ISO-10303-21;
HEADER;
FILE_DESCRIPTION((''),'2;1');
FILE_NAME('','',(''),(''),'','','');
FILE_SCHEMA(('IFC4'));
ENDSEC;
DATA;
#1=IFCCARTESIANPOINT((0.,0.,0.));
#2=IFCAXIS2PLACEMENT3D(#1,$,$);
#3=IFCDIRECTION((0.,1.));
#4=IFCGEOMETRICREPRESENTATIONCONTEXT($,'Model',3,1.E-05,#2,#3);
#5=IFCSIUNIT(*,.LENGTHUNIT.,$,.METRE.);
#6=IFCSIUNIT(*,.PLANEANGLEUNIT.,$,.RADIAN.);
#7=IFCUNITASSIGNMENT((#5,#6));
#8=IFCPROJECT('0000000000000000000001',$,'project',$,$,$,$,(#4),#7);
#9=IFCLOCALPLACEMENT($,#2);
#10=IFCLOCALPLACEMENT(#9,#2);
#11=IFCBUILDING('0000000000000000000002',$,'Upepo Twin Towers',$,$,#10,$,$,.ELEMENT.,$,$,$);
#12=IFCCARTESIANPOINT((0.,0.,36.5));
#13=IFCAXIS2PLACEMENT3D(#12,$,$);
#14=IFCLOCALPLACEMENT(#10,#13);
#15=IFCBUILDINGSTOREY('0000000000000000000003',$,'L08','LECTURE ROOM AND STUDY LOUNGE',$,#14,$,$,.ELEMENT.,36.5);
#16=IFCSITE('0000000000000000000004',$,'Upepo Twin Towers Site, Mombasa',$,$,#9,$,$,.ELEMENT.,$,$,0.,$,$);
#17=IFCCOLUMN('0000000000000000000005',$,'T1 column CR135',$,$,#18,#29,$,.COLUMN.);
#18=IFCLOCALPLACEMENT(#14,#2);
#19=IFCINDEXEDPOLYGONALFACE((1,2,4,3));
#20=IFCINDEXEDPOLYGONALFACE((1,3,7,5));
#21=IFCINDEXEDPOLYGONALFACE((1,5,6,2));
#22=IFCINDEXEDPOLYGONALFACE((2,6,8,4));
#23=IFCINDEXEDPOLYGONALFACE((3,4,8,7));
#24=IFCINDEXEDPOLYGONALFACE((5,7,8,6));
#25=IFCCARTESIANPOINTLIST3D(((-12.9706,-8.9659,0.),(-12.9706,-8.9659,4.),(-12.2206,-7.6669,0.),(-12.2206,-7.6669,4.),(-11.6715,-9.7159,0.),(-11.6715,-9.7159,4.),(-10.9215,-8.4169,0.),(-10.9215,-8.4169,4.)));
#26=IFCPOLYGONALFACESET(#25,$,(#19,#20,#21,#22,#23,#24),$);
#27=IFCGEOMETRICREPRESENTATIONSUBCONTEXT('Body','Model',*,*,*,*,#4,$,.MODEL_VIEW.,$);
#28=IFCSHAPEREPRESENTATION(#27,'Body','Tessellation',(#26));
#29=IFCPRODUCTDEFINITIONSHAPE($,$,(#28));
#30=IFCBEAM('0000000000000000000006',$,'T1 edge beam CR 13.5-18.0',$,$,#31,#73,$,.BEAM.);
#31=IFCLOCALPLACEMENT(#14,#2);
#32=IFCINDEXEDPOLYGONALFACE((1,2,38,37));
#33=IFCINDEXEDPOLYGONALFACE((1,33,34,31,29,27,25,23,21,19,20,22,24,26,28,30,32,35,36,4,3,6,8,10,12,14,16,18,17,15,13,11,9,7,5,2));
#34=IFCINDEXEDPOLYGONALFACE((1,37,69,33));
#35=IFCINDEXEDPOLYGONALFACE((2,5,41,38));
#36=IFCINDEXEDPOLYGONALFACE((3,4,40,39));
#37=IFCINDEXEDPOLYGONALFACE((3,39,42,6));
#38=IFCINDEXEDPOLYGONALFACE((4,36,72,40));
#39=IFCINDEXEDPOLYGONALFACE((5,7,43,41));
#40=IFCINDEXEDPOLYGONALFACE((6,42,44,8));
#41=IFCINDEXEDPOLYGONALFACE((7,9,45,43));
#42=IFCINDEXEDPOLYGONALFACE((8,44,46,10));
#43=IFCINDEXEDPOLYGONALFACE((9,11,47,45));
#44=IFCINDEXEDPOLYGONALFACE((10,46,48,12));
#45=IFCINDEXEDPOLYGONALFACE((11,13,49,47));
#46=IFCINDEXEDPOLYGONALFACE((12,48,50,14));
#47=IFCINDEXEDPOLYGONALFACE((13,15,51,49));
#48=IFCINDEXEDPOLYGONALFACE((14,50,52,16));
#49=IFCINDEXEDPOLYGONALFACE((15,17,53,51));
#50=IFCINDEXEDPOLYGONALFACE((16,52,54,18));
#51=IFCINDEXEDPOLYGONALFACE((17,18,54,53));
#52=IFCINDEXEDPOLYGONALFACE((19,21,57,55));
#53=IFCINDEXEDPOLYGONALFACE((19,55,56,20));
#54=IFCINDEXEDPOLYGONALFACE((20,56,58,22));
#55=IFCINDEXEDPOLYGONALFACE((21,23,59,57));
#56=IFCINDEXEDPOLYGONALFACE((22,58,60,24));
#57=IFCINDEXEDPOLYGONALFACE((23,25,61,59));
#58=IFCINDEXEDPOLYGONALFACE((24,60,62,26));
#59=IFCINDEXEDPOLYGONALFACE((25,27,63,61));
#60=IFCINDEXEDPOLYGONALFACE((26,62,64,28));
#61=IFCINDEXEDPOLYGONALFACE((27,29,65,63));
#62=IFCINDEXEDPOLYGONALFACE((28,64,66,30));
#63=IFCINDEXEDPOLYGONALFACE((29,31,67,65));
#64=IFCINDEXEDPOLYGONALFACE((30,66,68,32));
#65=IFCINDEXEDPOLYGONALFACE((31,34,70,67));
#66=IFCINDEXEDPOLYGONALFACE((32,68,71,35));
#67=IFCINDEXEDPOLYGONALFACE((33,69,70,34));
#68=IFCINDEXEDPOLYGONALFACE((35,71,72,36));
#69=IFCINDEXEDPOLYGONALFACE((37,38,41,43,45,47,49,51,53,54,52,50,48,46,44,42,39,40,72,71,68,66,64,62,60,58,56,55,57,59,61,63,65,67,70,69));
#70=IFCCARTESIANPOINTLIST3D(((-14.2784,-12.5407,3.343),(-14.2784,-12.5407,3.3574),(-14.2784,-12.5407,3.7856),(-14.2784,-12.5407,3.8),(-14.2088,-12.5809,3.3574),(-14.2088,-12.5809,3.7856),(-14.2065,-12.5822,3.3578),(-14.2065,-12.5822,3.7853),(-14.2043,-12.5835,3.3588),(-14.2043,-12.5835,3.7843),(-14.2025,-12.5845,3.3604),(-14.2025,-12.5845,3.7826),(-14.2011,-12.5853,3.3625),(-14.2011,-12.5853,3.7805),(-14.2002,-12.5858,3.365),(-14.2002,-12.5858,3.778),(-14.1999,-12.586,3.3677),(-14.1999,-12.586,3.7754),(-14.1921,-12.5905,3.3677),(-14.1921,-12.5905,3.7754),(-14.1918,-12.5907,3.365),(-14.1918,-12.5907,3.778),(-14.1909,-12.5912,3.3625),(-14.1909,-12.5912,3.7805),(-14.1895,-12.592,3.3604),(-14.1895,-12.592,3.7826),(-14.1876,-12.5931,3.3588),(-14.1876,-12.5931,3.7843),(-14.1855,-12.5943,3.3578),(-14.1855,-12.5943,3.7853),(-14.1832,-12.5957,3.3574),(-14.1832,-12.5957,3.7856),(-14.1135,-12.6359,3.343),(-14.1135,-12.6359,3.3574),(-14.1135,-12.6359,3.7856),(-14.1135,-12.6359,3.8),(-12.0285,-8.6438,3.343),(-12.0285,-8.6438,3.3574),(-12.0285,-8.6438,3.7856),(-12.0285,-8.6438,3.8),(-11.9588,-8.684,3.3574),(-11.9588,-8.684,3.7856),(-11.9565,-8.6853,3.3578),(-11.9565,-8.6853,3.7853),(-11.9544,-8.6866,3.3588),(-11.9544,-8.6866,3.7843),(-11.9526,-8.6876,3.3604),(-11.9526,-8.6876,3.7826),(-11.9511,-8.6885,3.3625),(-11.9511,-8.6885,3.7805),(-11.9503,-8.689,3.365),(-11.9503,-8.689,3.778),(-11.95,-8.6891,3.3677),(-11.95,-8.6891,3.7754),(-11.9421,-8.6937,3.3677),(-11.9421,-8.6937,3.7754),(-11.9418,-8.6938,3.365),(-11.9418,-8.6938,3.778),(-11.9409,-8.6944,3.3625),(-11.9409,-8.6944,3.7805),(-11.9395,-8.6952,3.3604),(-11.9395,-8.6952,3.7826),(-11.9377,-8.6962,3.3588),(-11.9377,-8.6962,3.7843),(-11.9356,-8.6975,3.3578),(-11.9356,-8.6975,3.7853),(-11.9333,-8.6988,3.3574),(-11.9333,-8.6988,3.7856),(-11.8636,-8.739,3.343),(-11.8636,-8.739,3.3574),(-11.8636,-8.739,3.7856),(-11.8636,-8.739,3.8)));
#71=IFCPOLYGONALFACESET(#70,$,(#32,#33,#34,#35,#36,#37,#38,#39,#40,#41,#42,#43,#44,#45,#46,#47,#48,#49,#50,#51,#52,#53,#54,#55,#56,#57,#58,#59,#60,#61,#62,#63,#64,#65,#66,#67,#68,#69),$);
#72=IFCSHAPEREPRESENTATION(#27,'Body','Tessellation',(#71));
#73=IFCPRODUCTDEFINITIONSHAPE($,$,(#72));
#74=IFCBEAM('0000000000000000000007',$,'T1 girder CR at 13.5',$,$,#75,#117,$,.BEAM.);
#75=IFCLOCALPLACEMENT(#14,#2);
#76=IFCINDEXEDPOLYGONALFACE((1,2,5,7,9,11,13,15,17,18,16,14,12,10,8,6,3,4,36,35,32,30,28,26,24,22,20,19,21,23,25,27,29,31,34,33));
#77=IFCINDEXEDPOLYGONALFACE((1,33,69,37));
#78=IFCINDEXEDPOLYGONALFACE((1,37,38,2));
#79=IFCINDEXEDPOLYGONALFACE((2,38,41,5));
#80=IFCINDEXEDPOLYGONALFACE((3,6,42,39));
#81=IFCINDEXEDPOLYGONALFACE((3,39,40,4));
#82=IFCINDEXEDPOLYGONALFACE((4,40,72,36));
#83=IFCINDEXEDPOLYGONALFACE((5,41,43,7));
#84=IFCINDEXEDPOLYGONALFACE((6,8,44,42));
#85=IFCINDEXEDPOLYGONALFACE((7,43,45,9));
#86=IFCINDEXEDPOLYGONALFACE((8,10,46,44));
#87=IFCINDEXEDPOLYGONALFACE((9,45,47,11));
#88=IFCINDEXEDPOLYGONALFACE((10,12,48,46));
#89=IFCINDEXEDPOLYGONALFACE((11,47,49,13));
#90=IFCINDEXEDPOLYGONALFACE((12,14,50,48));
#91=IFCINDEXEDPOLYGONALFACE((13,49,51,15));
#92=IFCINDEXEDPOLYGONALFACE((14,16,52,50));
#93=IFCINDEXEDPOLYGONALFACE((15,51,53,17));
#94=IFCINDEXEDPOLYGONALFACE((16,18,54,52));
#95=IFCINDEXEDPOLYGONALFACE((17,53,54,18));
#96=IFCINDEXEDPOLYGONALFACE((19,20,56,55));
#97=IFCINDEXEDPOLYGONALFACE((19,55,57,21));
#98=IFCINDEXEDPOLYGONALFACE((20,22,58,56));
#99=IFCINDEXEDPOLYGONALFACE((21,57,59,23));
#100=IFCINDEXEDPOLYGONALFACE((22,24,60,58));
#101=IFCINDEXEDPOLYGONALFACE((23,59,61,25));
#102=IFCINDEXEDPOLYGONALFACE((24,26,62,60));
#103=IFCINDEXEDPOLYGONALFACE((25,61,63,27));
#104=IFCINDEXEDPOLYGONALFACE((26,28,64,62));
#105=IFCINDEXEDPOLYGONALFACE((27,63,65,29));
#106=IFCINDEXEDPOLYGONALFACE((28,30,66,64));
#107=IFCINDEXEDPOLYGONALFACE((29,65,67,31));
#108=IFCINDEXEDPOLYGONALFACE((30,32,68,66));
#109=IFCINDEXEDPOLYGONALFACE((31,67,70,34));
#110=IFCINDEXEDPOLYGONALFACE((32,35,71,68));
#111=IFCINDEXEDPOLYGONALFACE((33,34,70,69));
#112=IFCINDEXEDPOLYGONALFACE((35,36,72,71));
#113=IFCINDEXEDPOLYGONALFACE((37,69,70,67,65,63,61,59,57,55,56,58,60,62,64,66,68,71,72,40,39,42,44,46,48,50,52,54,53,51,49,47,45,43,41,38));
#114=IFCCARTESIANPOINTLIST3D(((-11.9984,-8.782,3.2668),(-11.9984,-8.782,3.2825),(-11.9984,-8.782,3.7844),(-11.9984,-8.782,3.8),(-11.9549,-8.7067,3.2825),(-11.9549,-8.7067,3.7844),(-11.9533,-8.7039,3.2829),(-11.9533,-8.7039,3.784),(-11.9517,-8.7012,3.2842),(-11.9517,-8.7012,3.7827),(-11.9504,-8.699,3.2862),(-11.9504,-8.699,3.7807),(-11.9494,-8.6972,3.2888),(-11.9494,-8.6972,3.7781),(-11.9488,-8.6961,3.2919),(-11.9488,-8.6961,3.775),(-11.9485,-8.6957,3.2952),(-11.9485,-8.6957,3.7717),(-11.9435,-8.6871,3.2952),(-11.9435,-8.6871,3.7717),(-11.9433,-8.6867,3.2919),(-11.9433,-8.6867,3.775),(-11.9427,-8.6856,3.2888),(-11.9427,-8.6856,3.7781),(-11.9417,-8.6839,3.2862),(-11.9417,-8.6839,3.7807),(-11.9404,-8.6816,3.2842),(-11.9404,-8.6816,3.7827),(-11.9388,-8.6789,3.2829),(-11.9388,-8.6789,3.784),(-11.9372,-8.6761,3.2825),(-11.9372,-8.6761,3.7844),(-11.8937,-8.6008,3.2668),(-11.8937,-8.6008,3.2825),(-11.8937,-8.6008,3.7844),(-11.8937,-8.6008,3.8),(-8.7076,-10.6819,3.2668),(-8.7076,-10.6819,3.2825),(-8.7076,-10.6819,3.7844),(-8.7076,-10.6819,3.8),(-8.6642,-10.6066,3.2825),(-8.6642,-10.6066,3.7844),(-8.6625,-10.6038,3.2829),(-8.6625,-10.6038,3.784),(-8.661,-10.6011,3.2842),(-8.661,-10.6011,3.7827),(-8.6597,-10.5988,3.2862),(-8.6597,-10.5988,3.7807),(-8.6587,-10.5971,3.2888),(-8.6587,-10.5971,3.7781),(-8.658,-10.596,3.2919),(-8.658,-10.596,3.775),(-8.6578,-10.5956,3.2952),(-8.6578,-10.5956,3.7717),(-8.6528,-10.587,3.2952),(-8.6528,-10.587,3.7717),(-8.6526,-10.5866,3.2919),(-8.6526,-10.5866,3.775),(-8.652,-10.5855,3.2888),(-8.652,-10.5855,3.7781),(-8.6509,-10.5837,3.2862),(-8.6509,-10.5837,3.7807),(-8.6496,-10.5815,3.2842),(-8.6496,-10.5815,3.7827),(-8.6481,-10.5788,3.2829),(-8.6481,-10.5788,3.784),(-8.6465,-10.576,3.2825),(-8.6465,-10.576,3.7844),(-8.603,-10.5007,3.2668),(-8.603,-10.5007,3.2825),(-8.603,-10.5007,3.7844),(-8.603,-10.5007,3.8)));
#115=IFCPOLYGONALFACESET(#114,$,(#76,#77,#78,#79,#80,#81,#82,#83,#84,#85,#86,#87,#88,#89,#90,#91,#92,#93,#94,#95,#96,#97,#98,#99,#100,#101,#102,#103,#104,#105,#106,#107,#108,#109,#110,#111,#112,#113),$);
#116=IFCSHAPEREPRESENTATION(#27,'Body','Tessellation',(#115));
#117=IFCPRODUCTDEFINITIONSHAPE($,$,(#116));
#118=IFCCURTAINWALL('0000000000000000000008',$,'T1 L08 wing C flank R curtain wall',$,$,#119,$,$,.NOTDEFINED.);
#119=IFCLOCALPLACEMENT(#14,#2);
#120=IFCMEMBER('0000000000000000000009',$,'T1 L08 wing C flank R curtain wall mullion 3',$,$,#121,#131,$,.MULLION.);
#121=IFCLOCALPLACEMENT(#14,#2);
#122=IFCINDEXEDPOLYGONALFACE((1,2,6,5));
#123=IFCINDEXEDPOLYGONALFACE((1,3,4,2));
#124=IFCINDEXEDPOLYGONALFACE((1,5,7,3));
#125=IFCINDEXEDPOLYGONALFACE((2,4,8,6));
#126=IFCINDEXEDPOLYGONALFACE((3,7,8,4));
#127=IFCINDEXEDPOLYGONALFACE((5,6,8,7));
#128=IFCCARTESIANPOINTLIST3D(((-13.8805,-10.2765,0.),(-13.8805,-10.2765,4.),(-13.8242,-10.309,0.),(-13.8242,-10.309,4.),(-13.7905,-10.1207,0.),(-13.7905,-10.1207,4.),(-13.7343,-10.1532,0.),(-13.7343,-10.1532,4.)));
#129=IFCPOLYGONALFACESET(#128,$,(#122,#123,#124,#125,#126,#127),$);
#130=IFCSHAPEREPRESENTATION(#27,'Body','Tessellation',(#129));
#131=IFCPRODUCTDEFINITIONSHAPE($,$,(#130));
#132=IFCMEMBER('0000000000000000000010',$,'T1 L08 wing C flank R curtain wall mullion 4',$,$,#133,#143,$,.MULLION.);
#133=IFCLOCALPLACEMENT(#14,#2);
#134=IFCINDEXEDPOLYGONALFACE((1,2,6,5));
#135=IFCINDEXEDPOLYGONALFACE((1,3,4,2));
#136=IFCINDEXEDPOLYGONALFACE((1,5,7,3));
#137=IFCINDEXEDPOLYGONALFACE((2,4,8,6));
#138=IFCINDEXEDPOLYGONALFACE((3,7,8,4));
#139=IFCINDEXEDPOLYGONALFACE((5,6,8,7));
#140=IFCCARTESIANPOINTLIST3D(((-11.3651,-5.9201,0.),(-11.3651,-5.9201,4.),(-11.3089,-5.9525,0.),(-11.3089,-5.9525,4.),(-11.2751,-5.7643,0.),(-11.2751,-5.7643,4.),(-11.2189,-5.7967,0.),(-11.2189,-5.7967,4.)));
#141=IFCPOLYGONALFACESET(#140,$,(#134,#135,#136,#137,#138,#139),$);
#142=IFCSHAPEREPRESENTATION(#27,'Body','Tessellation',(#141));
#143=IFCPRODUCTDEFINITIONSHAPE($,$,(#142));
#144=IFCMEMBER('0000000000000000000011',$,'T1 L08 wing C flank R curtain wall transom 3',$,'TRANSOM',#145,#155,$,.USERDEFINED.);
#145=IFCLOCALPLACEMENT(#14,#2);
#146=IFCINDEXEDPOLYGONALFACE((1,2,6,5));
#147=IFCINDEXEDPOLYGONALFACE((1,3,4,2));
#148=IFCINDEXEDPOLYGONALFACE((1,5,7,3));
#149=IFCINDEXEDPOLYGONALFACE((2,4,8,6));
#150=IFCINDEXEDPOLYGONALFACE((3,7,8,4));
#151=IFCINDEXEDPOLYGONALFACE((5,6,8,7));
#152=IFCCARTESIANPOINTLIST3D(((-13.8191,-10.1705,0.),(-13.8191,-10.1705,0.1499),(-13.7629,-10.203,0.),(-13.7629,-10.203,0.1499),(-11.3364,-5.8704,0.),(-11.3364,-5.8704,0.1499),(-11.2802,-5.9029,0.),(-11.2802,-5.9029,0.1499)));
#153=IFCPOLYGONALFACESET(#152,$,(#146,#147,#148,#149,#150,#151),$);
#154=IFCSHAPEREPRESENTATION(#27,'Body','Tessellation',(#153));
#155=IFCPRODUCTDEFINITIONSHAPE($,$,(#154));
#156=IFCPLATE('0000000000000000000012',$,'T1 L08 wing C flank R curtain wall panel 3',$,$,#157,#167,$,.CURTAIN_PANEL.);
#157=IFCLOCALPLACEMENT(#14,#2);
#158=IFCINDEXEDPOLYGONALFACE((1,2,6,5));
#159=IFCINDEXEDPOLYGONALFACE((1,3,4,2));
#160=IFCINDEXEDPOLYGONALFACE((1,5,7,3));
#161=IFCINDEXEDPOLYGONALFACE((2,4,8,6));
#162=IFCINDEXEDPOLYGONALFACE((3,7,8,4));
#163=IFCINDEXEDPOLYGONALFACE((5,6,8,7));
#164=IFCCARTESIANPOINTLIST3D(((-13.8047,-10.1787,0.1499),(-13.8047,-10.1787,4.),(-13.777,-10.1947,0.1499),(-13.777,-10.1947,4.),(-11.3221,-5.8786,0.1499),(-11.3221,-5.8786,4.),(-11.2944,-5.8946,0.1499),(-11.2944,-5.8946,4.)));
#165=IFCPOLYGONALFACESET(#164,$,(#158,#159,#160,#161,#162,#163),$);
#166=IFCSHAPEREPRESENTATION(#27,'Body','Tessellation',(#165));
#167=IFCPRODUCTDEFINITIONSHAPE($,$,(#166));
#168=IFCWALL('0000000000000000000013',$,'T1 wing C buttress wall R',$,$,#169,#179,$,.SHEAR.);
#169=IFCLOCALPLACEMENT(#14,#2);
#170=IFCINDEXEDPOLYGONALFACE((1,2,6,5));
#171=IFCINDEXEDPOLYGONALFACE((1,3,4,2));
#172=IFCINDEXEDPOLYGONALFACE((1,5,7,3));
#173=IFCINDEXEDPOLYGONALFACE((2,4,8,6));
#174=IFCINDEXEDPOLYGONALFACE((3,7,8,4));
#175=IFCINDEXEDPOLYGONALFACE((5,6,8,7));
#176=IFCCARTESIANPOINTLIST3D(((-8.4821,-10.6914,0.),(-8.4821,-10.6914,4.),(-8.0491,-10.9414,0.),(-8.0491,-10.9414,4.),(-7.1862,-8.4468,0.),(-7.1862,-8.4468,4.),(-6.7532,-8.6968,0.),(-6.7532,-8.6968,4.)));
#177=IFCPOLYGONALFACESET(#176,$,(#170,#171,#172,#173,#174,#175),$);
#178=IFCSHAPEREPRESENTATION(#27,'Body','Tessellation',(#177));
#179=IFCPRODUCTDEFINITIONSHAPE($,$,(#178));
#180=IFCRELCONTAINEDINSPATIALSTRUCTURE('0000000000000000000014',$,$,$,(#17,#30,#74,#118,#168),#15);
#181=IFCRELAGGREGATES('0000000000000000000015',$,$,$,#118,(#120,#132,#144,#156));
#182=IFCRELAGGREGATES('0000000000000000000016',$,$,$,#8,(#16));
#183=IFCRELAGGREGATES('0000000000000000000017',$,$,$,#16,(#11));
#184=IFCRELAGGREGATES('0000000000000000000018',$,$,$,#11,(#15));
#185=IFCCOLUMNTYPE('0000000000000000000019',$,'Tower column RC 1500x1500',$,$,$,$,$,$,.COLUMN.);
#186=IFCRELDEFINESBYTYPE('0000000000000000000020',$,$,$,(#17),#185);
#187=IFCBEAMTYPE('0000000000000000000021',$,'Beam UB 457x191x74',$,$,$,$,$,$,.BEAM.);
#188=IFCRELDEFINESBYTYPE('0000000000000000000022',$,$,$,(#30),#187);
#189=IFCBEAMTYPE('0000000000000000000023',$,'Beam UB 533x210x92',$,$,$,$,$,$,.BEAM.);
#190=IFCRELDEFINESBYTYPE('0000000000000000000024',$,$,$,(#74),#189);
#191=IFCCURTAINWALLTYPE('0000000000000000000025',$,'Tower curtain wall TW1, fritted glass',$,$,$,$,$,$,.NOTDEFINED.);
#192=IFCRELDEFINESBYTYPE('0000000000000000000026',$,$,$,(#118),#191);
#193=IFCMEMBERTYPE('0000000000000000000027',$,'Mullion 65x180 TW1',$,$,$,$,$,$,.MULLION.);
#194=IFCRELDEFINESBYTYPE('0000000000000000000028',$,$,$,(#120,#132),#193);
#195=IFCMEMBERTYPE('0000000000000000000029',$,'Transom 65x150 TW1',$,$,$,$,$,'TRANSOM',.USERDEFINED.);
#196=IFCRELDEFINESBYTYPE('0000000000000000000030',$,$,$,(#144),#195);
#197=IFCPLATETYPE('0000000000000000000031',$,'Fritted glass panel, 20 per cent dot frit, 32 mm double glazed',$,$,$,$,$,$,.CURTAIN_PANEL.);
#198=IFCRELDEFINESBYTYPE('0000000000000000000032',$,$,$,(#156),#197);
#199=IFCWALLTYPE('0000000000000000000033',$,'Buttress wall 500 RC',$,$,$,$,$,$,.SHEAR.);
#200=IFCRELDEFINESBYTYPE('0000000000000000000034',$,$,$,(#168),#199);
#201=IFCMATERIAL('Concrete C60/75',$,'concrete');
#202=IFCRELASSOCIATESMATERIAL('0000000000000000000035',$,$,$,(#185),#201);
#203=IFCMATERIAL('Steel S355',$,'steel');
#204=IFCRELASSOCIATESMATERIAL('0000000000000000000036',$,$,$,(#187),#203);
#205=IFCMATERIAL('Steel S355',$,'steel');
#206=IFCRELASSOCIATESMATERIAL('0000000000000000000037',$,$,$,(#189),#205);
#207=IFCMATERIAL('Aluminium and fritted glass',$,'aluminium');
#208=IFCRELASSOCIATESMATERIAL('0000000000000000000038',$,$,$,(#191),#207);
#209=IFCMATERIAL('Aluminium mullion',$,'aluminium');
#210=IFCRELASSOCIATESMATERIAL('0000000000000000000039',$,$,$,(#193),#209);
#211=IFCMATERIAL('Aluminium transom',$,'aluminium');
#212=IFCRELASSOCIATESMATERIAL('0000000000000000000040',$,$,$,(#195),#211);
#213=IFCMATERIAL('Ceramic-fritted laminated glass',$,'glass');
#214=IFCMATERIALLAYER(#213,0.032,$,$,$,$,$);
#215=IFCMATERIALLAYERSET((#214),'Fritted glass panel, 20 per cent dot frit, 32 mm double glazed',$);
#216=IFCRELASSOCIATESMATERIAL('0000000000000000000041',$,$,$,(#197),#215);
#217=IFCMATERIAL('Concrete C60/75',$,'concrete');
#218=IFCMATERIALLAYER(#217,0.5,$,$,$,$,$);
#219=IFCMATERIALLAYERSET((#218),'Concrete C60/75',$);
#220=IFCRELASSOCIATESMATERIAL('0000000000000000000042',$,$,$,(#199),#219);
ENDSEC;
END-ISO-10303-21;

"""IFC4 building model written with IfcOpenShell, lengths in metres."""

from ifc_helpers import new_model, si_unit, direction, frame, frame_2d, origin, origin_2d, place, context, subcontext, project, spatial, rectangle, i_section, extrude, material, layer, layer_set, material_profile, profile_set, type_object, element, aggregate, save


model = new_model("IFC4")

# Units and contexts
model_context = context("Model", 3, precision=1e-05, world=origin(), true_north=direction((0.0, 1.0)))
body_context = subcontext(model_context, "Body", "Model", "MODEL_VIEW")
ifc_project = project(units=[si_unit("LENGTHUNIT", "METRE"), si_unit("PLANEANGLEUNIT", "RADIAN")], contexts=[model_context])

# Site, building, storey
site_placement = place(None, origin())
site = spatial("IfcSite", under=ifc_project, at=site_placement, Name="Upepo Twin Towers Site, Mombasa", CompositionType="ELEMENT", RefElevation=0.0)
building_placement = place(site_placement, origin())
building = spatial("IfcBuilding", under=site, at=building_placement, Name="Upepo Twin Towers", CompositionType="ELEMENT")
storey_placement = place(building_placement, frame((0.0, 0.0, 36.5)))
storey = spatial("IfcBuildingStorey", under=building, at=storey_placement, Name="L08", Description="LECTURE ROOM AND STUDY LOUNGE", CompositionType="ELEMENT", Elevation=36.5)

# Column
ifc_material_1 = material(Name="Concrete C60/75", Category="concrete")
ifc_material_profile_1 = material_profile(ifc_material_1, rectangle(XDim=1.5, YDim=1.5, at=origin_2d()), Name="RC 1500x1500")
ifc_profile_set_1 = profile_set([ifc_material_profile_1], Name="Concrete C60/75")
column_type = type_object("IfcColumnType", Name="Tower column RC 1500x1500", PredefinedType="COLUMN", material=ifc_profile_set_1)
column_placement = place(storey_placement, frame((-11.946, -8.6914, 0.0), z_axis=(0.0, 0.0, 1.0), x_axis=(0.5, 0.866025, 0.0)))
element("IfcColumn", 1, at=column_placement, inside=storey, type_object=column_type, Name="T1 column CR135", PredefinedType="COLUMN", context=body_context, shape_type="SweptSolid", body=[
    extrude(rectangle(XDim=1.5, YDim=1.5, at=origin_2d()), origin(), (0.0, 0.0, 1.0), 4.0),
])

# Beams
ifc_material_2 = material(Name="Steel S355", Category="steel")
ifc_material_profile_2 = material_profile(ifc_material_2, i_section(OverallWidth=0.1904, OverallDepth=0.457, WebThickness=0.009, FlangeThickness=0.0144, FilletRadius=0.0103, at=origin_2d()), Name="UB 457x191x74")
ifc_profile_set_2 = profile_set([ifc_material_profile_2], Name="Steel S355")
beam_type_1 = type_object("IfcBeamType", Name="Beam UB 457x191x74", PredefinedType="BEAM", material=ifc_profile_set_2)
beam_1_placement = place(storey_placement, frame((-11.946, -8.6914, 3.5715), z_axis=(-0.500014, -0.866018, 0.0), x_axis=(0.866018, -0.500014, 0.0)))
element("IfcBeam", 2, at=beam_1_placement, inside=storey, type_object=beam_type_1, Name="T1 edge beam CR 13.5-18.0", PredefinedType="BEAM", context=body_context, shape_type="SweptSolid", body=[
    extrude(i_section(OverallWidth=0.1904, OverallDepth=0.457, WebThickness=0.009, FlangeThickness=0.0144, FilletRadius=0.0103, at=origin_2d()), origin(), (0.0, 0.0, 1.0), 4.4998),
])
ifc_material_3 = material(Name="Steel S355", Category="steel")
ifc_material_profile_3 = material_profile(ifc_material_3, i_section(OverallWidth=0.2092, OverallDepth=0.5332, WebThickness=0.01, FlangeThickness=0.0156, FilletRadius=0.0127, at=origin_2d()), Name="UB 533x210x92")
ifc_profile_set_3 = profile_set([ifc_material_profile_3], Name="Steel S355")
beam_type_2 = type_object("IfcBeamType", Name="Beam UB 533x210x92", PredefinedType="BEAM", material=ifc_profile_set_3)
beam_2_placement = place(storey_placement, frame((-11.946, -8.6914, 3.5334), z_axis=(0.866028, -0.499995, 0.0), x_axis=(0.499995, 0.866028, 0.0)))
element("IfcBeam", 3, at=beam_2_placement, inside=storey, type_object=beam_type_2, Name="T1 girder CR at 13.5", PredefinedType="BEAM", context=body_context, shape_type="SweptSolid", body=[
    extrude(i_section(OverallWidth=0.2092, OverallDepth=0.5332, WebThickness=0.01, FlangeThickness=0.0156, FilletRadius=0.0127, at=origin_2d()), origin(), (0.0, 0.0, 1.0), 3.7998),
])

# Curtain wall, members, plate
ifc_material_4 = material(Name="Aluminium and fritted glass", Category="aluminium")
curtain_wall_type = type_object("IfcCurtainWallType", Name="Tower curtain wall TW1, fritted glass", PredefinedType="NOTDEFINED", material=ifc_material_4)
curtain_wall_placement = place(storey_placement, origin())
curtain_wall = element("IfcCurtainWall", 4, at=curtain_wall_placement, inside=storey, type_object=curtain_wall_type, Name="T1 L08 wing C flank R curtain wall", PredefinedType="NOTDEFINED")
ifc_material_5 = material(Name="Aluminium mullion", Category="aluminium")
ifc_material_profile_4 = material_profile(ifc_material_5, rectangle(XDim=0.0649, YDim=0.1799, at=origin_2d()), Name="MULLION 65x180")
ifc_profile_set_4 = profile_set([ifc_material_profile_4], Name="Aluminium mullion")
member_type_1 = type_object("IfcMemberType", Name="Mullion 65x180 TW1", PredefinedType="MULLION", material=ifc_profile_set_4)
member_1_placement = place(storey_placement, frame((-13.8074, -10.2148, 0.0), z_axis=(0.0, 0.0, 1.0), x_axis=(-0.866025, 0.5, 0.0)))
member_1 = element("IfcMember", 5, at=member_1_placement, type_object=member_type_1, Name="T1 L08 wing C flank R curtain wall mullion 3", PredefinedType="MULLION", context=body_context, shape_type="SweptSolid", body=[
    extrude(rectangle(XDim=0.0649, YDim=0.1799, at=origin_2d()), origin(), (0.0, 0.0, 1.0), 4.0),
])
member_2_placement = place(storey_placement, frame((-11.292, -5.8584, 0.0), z_axis=(0.0, 0.0, 1.0), x_axis=(-0.866025, 0.5, 0.0)))
member_2 = element("IfcMember", 6, at=member_2_placement, type_object=member_type_1, Name="T1 L08 wing C flank R curtain wall mullion 4", PredefinedType="MULLION", context=body_context, shape_type="SweptSolid", body=[
    extrude(rectangle(XDim=0.0649, YDim=0.1799, at=origin_2d()), origin(), (0.0, 0.0, 1.0), 4.0),
])
ifc_material_6 = material(Name="Aluminium transom", Category="aluminium")
ifc_material_profile_5 = material_profile(ifc_material_6, rectangle(XDim=0.0649, YDim=0.1499, at=origin_2d()), Name="TRANSOM 65x150")
ifc_profile_set_5 = profile_set([ifc_material_profile_5], Name="Aluminium transom")
member_type_2 = type_object("IfcMemberType", Name="Transom 65x150 TW1", ElementType="TRANSOM", PredefinedType="USERDEFINED", material=ifc_profile_set_5)
member_3_placement = place(storey_placement, frame((-13.791, -10.1868, 0.075), z_axis=(0.500005, 0.866023, 0.0), x_axis=(-0.866023, 0.500005, 0.0)))
member_3 = element("IfcMember", 7, at=member_3_placement, type_object=member_type_2, Name="T1 L08 wing C flank R curtain wall transom 3", ObjectType="TRANSOM", PredefinedType="USERDEFINED", context=body_context, shape_type="SweptSolid", body=[
    extrude(rectangle(XDim=0.0649, YDim=0.1499, at=origin_2d()), origin(), (0.0, 0.0, 1.0), 4.9653),
])
ifc_material_7 = material(Name="Ceramic-fritted laminated glass", Category="glass")
ifc_layer_1 = layer(ifc_material_7, 0.032)
ifc_layer_set_1 = layer_set([ifc_layer_1], Name="Fritted glass panel, 20 per cent dot frit, 32 mm double glazed")
plate_type = type_object("IfcPlateType", Name="Fritted glass panel, 20 per cent dot frit, 32 mm double glazed", PredefinedType="CURTAIN_PANEL", material=ifc_layer_set_1)
plate_placement = place(storey_placement, frame((-12.5496, -8.0366, 0.1499), z_axis=(0.0, 0.0, 1.0), x_axis=(0.5, 0.866025, 0.0)))
plate = element("IfcPlate", 8, at=plate_placement, type_object=plate_type, Name="T1 L08 wing C flank R curtain wall panel 3", PredefinedType="CURTAIN_PANEL", context=body_context, shape_type="SweptSolid", body=[
    extrude(rectangle(XDim=4.9653, YDim=0.032, at=origin_2d()), origin(), (0.0, 0.0, 1.0), 3.8501),
])
aggregate(curtain_wall, [member_1, member_2, member_3, plate])

# Wall
ifc_material_8 = material(Name="Concrete C60/75", Category="concrete")
ifc_layer_2 = layer(ifc_material_8, 0.5)
ifc_layer_set_2 = layer_set([ifc_layer_2], Name="Concrete C60/75")
wall_type_1 = type_object("IfcWallType", Name="Buttress wall 500 RC", PredefinedType="SHEAR", material=ifc_layer_set_2)
wall_1_placement = place(storey_placement, frame((-6.9697, -8.5718, 0.0), z_axis=(0.0, 0.0, 1.0), x_axis=(-0.499989, -0.866032, 0.0)))
element("IfcWall", 9, at=wall_1_placement, inside=storey, type_object=wall_type_1, Name="T1 wing C buttress wall R", PredefinedType="SHEAR", context=body_context, shape_type="SweptSolid", body=[
    extrude(rectangle(XDim=2.5918, YDim=0.5, at=frame_2d((1.2959, 0.0))), origin(), (0.0, 0.0, 1.0), 4.0),
])

save(model, "model.ifc")
